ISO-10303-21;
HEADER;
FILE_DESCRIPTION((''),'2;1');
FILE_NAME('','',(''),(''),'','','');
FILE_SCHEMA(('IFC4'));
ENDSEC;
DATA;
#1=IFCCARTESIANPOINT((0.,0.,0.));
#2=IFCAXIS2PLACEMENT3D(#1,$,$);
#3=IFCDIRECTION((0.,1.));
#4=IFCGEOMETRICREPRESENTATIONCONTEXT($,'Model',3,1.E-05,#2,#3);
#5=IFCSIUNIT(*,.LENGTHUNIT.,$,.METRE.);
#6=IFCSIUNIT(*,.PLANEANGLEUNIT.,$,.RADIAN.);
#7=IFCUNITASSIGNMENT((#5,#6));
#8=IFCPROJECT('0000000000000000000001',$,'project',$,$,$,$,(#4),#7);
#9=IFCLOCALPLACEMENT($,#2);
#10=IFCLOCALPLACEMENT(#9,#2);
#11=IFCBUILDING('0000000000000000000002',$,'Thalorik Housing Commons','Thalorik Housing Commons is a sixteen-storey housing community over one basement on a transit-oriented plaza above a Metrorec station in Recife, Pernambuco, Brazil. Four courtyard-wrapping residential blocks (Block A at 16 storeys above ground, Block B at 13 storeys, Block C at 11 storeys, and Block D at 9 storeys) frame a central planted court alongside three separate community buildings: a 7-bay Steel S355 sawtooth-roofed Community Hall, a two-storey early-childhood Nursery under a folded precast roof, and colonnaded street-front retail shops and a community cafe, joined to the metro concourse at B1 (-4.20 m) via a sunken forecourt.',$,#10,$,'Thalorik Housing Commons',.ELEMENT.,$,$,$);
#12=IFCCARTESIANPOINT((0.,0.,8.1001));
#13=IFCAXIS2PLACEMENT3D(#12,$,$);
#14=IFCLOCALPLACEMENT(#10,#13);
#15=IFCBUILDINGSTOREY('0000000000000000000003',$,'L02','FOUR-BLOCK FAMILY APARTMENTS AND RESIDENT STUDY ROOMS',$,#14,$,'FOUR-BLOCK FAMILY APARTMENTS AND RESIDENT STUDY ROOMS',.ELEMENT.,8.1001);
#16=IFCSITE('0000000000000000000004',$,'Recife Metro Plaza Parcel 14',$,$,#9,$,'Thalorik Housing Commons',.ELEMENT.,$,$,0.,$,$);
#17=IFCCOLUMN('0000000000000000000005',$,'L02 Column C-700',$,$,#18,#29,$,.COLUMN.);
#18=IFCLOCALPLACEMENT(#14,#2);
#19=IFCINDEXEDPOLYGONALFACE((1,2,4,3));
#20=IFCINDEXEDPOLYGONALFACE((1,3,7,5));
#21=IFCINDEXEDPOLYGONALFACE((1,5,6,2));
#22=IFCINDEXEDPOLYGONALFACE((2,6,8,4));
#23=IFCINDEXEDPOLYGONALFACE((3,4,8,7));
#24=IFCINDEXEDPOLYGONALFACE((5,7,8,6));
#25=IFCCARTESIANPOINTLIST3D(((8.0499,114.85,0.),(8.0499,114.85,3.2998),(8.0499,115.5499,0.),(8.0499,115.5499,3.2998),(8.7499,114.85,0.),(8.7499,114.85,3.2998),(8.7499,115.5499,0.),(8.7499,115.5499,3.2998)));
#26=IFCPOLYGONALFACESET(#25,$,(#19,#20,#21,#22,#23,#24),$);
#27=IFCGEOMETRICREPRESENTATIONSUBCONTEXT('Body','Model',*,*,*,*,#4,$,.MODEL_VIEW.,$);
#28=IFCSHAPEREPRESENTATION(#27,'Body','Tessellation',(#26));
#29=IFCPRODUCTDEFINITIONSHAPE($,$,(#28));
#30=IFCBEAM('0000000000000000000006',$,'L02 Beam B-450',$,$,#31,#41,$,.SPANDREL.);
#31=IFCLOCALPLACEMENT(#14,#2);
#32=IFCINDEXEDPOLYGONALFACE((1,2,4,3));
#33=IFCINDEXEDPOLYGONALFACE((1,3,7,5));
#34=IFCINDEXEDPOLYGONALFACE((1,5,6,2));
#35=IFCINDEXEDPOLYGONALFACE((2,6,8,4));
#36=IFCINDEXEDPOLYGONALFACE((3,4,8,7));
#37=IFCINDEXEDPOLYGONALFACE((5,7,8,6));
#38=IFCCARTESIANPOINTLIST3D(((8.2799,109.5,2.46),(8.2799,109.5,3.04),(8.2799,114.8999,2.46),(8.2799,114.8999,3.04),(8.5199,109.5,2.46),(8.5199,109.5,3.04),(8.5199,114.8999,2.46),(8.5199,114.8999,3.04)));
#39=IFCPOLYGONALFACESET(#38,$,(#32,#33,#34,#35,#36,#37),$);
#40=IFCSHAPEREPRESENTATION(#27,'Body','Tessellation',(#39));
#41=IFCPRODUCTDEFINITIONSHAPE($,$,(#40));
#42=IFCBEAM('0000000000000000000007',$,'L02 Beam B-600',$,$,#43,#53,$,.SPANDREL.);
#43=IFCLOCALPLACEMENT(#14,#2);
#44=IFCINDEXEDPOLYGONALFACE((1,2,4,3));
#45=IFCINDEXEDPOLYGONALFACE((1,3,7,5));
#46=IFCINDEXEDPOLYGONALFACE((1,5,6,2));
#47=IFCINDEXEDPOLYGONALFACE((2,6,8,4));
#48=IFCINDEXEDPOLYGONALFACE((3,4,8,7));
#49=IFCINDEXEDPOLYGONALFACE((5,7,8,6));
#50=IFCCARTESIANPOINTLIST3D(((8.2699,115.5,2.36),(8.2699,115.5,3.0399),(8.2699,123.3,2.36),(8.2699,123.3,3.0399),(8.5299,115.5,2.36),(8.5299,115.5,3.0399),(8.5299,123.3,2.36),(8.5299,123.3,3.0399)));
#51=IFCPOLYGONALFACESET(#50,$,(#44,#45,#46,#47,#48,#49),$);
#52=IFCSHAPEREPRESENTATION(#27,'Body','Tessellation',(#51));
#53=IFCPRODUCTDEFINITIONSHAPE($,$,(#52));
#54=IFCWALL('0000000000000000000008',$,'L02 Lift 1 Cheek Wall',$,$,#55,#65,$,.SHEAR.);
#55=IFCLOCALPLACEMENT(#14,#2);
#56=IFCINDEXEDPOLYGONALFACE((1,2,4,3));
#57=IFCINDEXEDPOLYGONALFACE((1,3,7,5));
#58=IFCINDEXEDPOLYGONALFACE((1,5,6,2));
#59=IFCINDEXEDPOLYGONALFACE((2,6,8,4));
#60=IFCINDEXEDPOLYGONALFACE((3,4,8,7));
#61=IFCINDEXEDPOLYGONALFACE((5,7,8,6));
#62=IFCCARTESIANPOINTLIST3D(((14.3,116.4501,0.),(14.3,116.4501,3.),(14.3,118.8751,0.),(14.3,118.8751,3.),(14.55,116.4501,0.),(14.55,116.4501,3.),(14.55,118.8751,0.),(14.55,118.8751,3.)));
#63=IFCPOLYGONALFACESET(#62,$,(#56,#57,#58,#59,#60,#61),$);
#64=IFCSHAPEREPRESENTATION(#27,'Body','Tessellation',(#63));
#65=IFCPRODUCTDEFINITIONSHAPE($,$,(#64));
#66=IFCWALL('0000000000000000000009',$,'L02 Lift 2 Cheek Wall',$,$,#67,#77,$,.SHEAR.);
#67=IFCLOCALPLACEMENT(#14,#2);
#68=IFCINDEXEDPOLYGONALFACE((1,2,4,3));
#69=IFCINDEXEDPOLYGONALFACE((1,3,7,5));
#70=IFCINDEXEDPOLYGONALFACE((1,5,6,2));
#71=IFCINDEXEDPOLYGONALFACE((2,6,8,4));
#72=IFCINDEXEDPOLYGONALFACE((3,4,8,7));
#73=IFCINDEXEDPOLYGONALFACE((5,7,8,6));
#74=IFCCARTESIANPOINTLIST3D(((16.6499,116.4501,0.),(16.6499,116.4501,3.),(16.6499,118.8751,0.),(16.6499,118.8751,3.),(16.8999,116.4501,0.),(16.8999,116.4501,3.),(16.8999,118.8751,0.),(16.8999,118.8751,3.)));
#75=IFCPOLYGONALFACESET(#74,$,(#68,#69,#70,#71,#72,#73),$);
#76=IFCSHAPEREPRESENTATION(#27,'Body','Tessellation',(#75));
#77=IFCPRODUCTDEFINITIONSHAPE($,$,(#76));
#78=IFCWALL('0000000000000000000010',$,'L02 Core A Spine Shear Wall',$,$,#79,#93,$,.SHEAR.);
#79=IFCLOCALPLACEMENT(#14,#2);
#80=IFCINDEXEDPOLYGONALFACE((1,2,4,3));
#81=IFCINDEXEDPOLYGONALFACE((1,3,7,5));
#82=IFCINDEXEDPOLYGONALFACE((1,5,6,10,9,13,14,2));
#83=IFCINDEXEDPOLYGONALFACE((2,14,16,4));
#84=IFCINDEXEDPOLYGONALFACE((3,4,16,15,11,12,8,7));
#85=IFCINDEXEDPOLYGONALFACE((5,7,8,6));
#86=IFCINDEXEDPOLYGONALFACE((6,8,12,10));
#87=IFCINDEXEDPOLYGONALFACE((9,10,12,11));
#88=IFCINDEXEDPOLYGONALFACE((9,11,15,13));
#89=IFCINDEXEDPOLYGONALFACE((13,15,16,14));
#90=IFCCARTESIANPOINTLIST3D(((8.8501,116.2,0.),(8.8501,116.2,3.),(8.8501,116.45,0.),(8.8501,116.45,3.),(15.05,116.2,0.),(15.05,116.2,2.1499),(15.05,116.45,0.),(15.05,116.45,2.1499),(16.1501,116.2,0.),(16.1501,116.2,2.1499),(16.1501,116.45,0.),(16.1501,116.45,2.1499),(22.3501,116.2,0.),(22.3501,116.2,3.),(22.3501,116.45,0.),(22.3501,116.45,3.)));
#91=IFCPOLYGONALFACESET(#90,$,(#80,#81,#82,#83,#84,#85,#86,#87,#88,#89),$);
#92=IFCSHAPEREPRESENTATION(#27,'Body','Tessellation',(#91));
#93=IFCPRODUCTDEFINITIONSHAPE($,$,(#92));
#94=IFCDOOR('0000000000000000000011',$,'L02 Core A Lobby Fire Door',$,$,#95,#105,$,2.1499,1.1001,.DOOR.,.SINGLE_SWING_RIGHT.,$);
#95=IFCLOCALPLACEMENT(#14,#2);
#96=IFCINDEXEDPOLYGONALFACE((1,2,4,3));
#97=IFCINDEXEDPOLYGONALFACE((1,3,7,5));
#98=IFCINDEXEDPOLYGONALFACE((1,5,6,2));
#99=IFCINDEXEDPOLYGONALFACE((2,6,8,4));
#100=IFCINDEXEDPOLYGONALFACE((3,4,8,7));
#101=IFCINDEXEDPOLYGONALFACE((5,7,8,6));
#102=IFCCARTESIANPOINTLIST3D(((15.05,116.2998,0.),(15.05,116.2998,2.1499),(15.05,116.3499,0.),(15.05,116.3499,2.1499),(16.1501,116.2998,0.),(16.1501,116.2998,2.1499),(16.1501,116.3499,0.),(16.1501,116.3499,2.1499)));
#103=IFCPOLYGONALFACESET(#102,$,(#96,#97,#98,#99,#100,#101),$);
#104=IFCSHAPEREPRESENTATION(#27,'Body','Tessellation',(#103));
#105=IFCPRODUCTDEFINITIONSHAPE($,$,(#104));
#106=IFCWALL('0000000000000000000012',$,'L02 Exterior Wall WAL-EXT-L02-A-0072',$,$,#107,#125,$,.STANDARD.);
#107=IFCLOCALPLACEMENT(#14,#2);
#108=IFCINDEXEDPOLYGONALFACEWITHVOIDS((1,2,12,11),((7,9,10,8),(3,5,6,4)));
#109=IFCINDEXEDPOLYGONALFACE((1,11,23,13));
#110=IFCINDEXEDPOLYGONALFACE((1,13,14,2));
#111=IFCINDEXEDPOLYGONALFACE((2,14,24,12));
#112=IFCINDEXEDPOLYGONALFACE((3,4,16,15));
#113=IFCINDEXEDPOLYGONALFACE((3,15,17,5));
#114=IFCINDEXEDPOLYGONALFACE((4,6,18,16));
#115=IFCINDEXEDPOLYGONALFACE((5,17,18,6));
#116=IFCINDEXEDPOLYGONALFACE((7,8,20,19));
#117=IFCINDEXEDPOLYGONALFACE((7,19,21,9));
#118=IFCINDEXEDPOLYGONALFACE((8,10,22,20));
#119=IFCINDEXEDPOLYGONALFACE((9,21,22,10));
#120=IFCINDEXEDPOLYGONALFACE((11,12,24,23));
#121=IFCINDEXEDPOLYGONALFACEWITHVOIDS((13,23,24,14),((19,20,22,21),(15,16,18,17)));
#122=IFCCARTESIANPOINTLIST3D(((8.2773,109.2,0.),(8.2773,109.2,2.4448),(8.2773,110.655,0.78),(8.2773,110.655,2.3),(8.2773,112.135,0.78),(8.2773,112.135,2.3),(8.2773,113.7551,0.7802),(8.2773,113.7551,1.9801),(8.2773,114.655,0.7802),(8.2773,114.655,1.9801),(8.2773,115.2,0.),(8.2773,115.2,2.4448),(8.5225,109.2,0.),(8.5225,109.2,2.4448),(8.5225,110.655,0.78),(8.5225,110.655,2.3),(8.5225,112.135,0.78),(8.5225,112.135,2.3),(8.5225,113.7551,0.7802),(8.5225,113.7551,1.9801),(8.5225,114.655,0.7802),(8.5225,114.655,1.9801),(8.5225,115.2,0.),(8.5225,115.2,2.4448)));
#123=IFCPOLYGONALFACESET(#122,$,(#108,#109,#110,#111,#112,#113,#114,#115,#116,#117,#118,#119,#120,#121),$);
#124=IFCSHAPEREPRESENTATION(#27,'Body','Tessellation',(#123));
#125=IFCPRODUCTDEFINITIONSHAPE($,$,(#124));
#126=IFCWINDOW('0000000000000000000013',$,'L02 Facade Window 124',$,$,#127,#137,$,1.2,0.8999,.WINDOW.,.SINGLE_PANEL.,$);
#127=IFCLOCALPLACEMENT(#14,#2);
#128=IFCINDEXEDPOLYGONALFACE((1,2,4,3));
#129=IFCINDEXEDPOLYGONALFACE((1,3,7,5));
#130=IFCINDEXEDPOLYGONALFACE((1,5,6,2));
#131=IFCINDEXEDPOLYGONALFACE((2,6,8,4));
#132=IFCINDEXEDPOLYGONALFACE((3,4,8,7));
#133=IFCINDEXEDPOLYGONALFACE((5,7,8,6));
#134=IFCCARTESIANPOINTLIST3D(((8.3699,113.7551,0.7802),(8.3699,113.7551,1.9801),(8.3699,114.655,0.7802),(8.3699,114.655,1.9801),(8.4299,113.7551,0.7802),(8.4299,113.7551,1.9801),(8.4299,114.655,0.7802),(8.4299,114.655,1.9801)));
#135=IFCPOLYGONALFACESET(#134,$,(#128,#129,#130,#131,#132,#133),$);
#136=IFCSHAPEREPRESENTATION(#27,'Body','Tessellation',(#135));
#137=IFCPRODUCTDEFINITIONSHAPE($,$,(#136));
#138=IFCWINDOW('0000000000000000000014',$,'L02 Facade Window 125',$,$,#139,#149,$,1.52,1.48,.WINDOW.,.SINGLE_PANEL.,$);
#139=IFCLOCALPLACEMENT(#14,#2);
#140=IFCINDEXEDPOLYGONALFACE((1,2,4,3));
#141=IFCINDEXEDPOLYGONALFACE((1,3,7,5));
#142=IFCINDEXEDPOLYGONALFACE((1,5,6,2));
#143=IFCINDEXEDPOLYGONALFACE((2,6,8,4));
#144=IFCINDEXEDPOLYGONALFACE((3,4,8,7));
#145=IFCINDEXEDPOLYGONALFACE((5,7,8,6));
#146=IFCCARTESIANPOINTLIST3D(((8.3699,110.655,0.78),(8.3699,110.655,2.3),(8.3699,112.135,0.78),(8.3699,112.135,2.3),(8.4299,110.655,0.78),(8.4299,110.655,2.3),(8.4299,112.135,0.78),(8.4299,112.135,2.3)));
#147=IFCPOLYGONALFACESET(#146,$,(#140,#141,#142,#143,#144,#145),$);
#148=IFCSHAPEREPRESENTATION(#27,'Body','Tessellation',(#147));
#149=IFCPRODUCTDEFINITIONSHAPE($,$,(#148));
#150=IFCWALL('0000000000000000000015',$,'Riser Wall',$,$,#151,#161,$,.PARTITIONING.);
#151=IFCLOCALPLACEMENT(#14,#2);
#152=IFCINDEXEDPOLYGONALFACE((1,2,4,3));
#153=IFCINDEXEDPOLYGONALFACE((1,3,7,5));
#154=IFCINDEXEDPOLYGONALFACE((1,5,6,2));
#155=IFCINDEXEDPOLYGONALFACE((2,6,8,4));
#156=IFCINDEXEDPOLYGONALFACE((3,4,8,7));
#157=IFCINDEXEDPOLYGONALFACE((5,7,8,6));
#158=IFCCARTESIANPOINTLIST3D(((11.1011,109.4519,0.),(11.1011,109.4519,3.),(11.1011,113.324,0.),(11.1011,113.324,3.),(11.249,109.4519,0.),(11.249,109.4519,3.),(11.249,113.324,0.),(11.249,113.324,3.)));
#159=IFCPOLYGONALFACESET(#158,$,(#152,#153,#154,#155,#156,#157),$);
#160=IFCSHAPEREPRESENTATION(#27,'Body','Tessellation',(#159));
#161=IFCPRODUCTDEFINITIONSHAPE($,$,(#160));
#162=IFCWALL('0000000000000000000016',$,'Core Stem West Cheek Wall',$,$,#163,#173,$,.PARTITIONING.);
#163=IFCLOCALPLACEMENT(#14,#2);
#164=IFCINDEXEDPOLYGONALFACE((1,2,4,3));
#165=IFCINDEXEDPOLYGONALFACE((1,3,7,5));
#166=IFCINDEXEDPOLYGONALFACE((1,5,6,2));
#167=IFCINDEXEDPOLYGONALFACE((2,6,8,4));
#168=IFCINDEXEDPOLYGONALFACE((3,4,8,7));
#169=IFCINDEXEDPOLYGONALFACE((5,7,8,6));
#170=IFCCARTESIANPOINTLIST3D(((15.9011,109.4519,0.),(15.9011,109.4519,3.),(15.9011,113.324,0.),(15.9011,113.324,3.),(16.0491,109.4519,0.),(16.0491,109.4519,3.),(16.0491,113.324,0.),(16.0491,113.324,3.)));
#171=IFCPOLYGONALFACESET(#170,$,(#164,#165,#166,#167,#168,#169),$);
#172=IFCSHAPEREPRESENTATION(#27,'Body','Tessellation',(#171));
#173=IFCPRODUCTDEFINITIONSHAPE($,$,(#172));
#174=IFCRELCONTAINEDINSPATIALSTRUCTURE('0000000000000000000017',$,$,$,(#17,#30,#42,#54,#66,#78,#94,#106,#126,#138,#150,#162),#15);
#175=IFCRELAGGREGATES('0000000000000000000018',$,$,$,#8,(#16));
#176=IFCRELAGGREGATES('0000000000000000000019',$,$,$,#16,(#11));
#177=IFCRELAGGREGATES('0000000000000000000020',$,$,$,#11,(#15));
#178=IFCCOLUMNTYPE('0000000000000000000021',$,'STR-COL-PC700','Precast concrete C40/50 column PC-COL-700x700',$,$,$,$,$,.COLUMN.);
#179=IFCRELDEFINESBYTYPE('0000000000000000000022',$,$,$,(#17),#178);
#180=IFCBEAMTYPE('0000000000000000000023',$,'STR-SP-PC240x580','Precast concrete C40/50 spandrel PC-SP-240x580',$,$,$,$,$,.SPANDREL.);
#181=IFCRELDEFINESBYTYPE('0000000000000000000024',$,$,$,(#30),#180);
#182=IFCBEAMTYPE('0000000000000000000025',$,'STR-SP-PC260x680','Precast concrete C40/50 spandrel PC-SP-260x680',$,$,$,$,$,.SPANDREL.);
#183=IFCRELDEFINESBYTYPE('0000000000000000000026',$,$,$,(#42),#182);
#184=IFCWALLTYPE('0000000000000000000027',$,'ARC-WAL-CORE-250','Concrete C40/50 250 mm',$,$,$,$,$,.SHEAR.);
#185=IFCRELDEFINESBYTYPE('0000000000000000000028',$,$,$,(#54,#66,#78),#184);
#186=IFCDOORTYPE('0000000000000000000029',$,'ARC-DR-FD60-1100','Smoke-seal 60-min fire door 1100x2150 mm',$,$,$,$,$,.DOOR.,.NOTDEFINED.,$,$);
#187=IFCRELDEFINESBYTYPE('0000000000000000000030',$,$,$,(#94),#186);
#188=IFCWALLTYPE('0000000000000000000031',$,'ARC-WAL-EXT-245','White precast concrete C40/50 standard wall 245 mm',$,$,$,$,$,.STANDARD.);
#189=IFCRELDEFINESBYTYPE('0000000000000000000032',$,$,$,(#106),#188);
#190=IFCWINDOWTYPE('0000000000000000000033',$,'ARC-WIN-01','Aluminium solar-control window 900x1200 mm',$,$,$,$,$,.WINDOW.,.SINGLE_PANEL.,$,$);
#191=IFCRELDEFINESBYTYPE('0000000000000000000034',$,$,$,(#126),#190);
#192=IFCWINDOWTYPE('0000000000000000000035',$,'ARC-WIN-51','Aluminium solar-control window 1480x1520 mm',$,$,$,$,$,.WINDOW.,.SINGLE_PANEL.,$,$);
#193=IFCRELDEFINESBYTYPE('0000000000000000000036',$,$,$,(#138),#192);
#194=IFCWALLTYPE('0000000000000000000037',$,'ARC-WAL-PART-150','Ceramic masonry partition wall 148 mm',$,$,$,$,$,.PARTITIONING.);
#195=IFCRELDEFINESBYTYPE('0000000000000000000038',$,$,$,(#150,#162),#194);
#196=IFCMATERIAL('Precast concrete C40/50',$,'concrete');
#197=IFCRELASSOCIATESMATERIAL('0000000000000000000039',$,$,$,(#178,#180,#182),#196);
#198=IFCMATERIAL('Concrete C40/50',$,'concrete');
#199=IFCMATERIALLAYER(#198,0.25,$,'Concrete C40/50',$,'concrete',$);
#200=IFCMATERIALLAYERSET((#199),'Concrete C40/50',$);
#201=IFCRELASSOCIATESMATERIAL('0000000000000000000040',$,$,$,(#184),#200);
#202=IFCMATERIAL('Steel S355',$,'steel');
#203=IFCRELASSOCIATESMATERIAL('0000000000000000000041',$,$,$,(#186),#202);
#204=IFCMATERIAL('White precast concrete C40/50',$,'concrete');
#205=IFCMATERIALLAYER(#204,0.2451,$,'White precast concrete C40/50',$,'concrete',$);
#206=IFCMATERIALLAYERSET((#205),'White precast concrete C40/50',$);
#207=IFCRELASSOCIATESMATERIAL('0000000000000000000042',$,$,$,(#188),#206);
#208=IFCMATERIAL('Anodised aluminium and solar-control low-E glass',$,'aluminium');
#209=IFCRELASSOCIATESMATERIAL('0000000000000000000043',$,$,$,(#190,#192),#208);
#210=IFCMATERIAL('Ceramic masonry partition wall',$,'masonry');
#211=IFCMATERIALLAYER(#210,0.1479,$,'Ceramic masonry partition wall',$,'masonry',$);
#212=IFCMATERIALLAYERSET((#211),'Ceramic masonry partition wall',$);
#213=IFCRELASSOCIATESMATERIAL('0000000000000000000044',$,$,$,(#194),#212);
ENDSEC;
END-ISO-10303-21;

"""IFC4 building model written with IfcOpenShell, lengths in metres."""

from ifc_helpers import new_model, si_unit, direction, frame, frame_2d, origin, origin_2d, place, context, subcontext, project, spatial, rectangle, extrude, material, layer, layer_set, material_profile, profile_set, type_object, element, fill, save


model = new_model("IFC4")

# Units and contexts
model_context = context("Model", 3, precision=1e-05, world=origin(), true_north=direction((0.0, 1.0)))
body_context = subcontext(model_context, "Body", "Model", "MODEL_VIEW")
ifc_project = project(units=[si_unit("LENGTHUNIT", "METRE"), si_unit("PLANEANGLEUNIT", "RADIAN")], contexts=[model_context])

# Site, building, storey
site_placement = place(None, origin())
site = spatial("IfcSite", under=ifc_project, at=site_placement, Name="Recife Metro Plaza Parcel 14", LongName="Thalorik Housing Commons", CompositionType="ELEMENT", RefElevation=0.0)
building_placement = place(site_placement, origin())
building = spatial("IfcBuilding", under=site, at=building_placement, Name="Thalorik Housing Commons", Description="Thalorik Housing Commons is a sixteen-storey housing community over one basement on a transit-oriented plaza above a Metrorec station in Recife, Pernambuco, Brazil. Four courtyard-wrapping residential blocks (Block A at 16 storeys above ground, Block B at 13 storeys, Block C at 11 storeys, and Block D at 9 storeys) frame a central planted court alongside three separate community buildings: a 7-bay Steel S355 sawtooth-roofed Community Hall, a two-storey early-childhood Nursery under a folded precast roof, and colonnaded street-front retail shops and a community cafe, joined to the metro concourse at B1 (-4.20 m) via a sunken forecourt.", LongName="Thalorik Housing Commons", CompositionType="ELEMENT")
storey_placement = place(building_placement, frame((0.0, 0.0, 8.1001)))
storey = spatial("IfcBuildingStorey", under=building, at=storey_placement, Name="L02", Description="FOUR-BLOCK FAMILY APARTMENTS AND RESIDENT STUDY ROOMS", LongName="FOUR-BLOCK FAMILY APARTMENTS AND RESIDENT STUDY ROOMS", CompositionType="ELEMENT", Elevation=8.1001)

# Column
ifc_material_1 = material(Name="Precast concrete C40/50", Category="concrete")
ifc_material_profile_1 = material_profile(ifc_material_1, rectangle(XDim=0.7, YDim=0.7, at=origin_2d()), Name="PC 700x700", Category="concrete")
ifc_profile_set_1 = profile_set([ifc_material_profile_1], Name="Precast concrete C40/50")
column_type = type_object("IfcColumnType", Name="STR-COL-PC700", Description="Precast concrete C40/50 column PC-COL-700x700", PredefinedType="COLUMN", material=ifc_profile_set_1)
column_placement = place(storey_placement, frame((8.3999, 115.2, 0.0), z_axis=(0.0, 0.0, 1.0), x_axis=(1.0, 0.0, 0.0)))
element("IfcColumn", 1, at=column_placement, inside=storey, type_object=column_type, Name="L02 Column C-700", PredefinedType="COLUMN", context=body_context, shape_type="SweptSolid", body=[
    extrude(rectangle(XDim=0.7, YDim=0.7, at=origin_2d()), origin(), (0.0, 0.0, 1.0), 3.2998),
])

# Beams
ifc_material_profile_2 = material_profile(ifc_material_1, rectangle(XDim=0.24, YDim=0.5801, at=origin_2d()), Name="PC SP 240x580", Category="concrete")
ifc_profile_set_2 = profile_set([ifc_material_profile_2], Name="Precast concrete C40/50")
beam_type_1 = type_object("IfcBeamType", Name="STR-SP-PC240x580", Description="Precast concrete C40/50 spandrel PC-SP-240x580", PredefinedType="SPANDREL", material=ifc_profile_set_2)
beam_1_placement = place(storey_placement, frame((8.3999, 109.5, 2.75), z_axis=(0.0, 1.0, 0.0), x_axis=(-1.0, 0.0, 0.0)))
element("IfcBeam", 2, at=beam_1_placement, inside=storey, type_object=beam_type_1, Name="L02 Beam B-450", PredefinedType="SPANDREL", context=body_context, shape_type="SweptSolid", body=[
    extrude(rectangle(XDim=0.24, YDim=0.5801, at=origin_2d()), origin(), (0.0, 0.0, 1.0), 5.3999),
])
ifc_material_profile_3 = material_profile(ifc_material_1, rectangle(XDim=0.26, YDim=0.6799, at=origin_2d()), Name="PC SP 260x680", Category="concrete")
ifc_profile_set_3 = profile_set([ifc_material_profile_3], Name="Precast concrete C40/50")
beam_type_2 = type_object("IfcBeamType", Name="STR-SP-PC260x680", Description="Precast concrete C40/50 spandrel PC-SP-260x680", PredefinedType="SPANDREL", material=ifc_profile_set_3)
beam_2_placement = place(storey_placement, frame((8.3999, 115.5, 2.7), z_axis=(0.0, 1.0, 0.0), x_axis=(-1.0, 0.0, 0.0)))
element("IfcBeam", 3, at=beam_2_placement, inside=storey, type_object=beam_type_2, Name="L02 Beam B-600", PredefinedType="SPANDREL", context=body_context, shape_type="SweptSolid", body=[
    extrude(rectangle(XDim=0.26, YDim=0.6799, at=origin_2d()), origin(), (0.0, 0.0, 1.0), 7.8),
])

# Shared definitions
ifc_material_2 = material(Name="Concrete C40/50", Category="concrete")
ifc_layer_1 = layer(ifc_material_2, 0.25, Name="Concrete C40/50", Category="concrete")
ifc_layer_set_1 = layer_set([ifc_layer_1], Name="Concrete C40/50")
wall_type_1 = type_object("IfcWallType", Name="ARC-WAL-CORE-250", Description="Concrete C40/50 250 mm", PredefinedType="SHEAR", material=ifc_layer_set_1)
ifc_material_3 = material(Name="Steel S355", Category="steel")

# Walls
for number, where, z_axis, x_axis, name in (
    (4, (14.425, 118.875, 0.0), (0.0, 0.0, 1.0), (0.0, -1.0, 0.0), "L02 Lift 1 Cheek Wall"),
    (5, (16.7749, 118.875, 0.0), (0.0, 0.0, 1.0), (0.0, -1.0, 0.0), "L02 Lift 2 Cheek Wall"),
):
    element("IfcWall", number, at=place(storey_placement, frame(where, z_axis=z_axis, x_axis=x_axis)), inside=storey, type_object=wall_type_1, Name=name, PredefinedType="SHEAR", context=body_context, shape_type="SweptSolid", body=[
        extrude(rectangle(XDim=2.425, YDim=0.25, at=frame_2d((1.2124, 0.0))), origin(), (0.0, 0.0, 1.0), 3.0),
    ])

# Wall, opening, door
wall_1_placement = place(storey_placement, frame((8.8501, 116.325, 0.0), z_axis=(0.0, 0.0, 1.0), x_axis=(1.0, 0.0, 0.0)))
wall_1 = element("IfcWall", 6, at=wall_1_placement, inside=storey, type_object=wall_type_1, Name="L02 Core A Spine Shear Wall", PredefinedType="SHEAR", context=body_context, shape_type="SweptSolid", body=[
    extrude(rectangle(XDim=13.5, YDim=0.25, at=frame_2d((6.75, 0.0))), origin(), (0.0, 0.0, 1.0), 3.0),
])
opening_1_placement = place(wall_1_placement, frame((6.2, 0.0, 0.0)))
opening_1 = element("IfcOpeningElement", 7, at=opening_1_placement, cuts=wall_1, PredefinedType="OPENING", context=body_context, shape_type="SweptSolid", body=[
    extrude(rectangle(XDim=1.1001, YDim=2.1499, at=frame_2d((0.55, 1.075))), frame((0.0, 0.135, 0.0), z_axis=(0.0, -1.0, 0.0), x_axis=(1.0, 0.0, 0.0)), (0.0, 0.0, 1.0), 0.27),
])
door_type_1 = type_object("IfcDoorType", Name="ARC-DR-FD60-1100", Description="Smoke-seal 60-min fire door 1100x2150 mm", OperationType="NOTDEFINED", PredefinedType="DOOR", material=ifc_material_3)
door_1_placement = place(opening_1_placement, origin())
door_1 = element("IfcDoor", 8, at=door_1_placement, inside=storey, type_object=door_type_1, Name="L02 Core A Lobby Fire Door", OperationType="SINGLE_SWING_RIGHT", OverallHeight=2.1499, OverallWidth=1.1001, PredefinedType="DOOR", context=body_context, shape_type="SweptSolid", body=[
    extrude(rectangle(XDim=1.1001, YDim=2.1499, at=frame_2d((0.55, 1.075))), frame((0.0, 0.0249, 0.0), z_axis=(0.0, -1.0, 0.0), x_axis=(1.0, 0.0, 0.0)), (0.0, 0.0, 1.0), 0.05),
])
fill(opening_1, door_1)

# Wall, openings, windows
ifc_material_4 = material(Name="White precast concrete C40/50", Category="concrete")
ifc_layer_2 = layer(ifc_material_4, 0.2451, Name="White precast concrete C40/50", Category="concrete")
ifc_layer_set_2 = layer_set([ifc_layer_2], Name="White precast concrete C40/50")
wall_type_2 = type_object("IfcWallType", Name="ARC-WAL-EXT-245", Description="White precast concrete C40/50 standard wall 245 mm", PredefinedType="STANDARD", material=ifc_layer_set_2)
wall_2_placement = place(storey_placement, frame((8.3999, 115.2, 0.0), z_axis=(0.0, 0.0, 1.0), x_axis=(0.0, -1.0, 0.0)))
wall_2 = element("IfcWall", 9, at=wall_2_placement, inside=storey, type_object=wall_type_2, Name="L02 Exterior Wall WAL-EXT-L02-A-0072", PredefinedType="STANDARD", context=body_context, shape_type="SweptSolid", body=[
    extrude(rectangle(XDim=6.0, YDim=0.2451, at=frame_2d((3.0, 0.0))), origin(), (0.0, 0.0, 1.0), 2.4448),
])
opening_2_placement = place(wall_2_placement, frame((0.5449, 0.0, 0.78)))
opening_2 = element("IfcOpeningElement", 10, at=opening_2_placement, cuts=wall_2, PredefinedType="OPENING", context=body_context, shape_type="SweptSolid", body=[
    extrude(rectangle(XDim=0.8999, YDim=1.2, at=frame_2d((0.45, 0.6001))), frame((0.0, 0.1326, 0.0), z_axis=(0.0, -1.0, 0.0), x_axis=(1.0, 0.0, 0.0)), (0.0, 0.0, 1.0), 0.2651),
])
opening_3_placement = place(wall_2_placement, frame((3.0649, 0.0, 0.78)))
opening_3 = element("IfcOpeningElement", 11, at=opening_3_placement, cuts=wall_2, PredefinedType="OPENING", context=body_context, shape_type="SweptSolid", body=[
    extrude(rectangle(XDim=1.48, YDim=1.52, at=frame_2d((0.74, 0.76))), frame((0.0, 0.1326, 0.0), z_axis=(0.0, -1.0, 0.0), x_axis=(1.0, 0.0, 0.0)), (0.0, 0.0, 1.0), 0.2651),
])
ifc_material_5 = material(Name="Anodised aluminium and solar-control low-E glass", Category="aluminium")
window_type_1 = type_object("IfcWindowType", Name="ARC-WIN-01", Description="Aluminium solar-control window 900x1200 mm", PartitioningType="SINGLE_PANEL", PredefinedType="WINDOW", material=ifc_material_5)
window_1_placement = place(opening_2_placement, origin())
window_1 = element("IfcWindow", 12, at=window_1_placement, inside=storey, type_object=window_type_1, Name="L02 Facade Window 124", OverallHeight=1.2, OverallWidth=0.8999, PartitioningType="SINGLE_PANEL", PredefinedType="WINDOW", context=body_context, shape_type="SweptSolid", body=[
    extrude(rectangle(XDim=0.8999, YDim=1.2, at=frame_2d((0.45, 0.6001))), frame((0.0, 0.03, 0.0), z_axis=(0.0, -1.0, 0.0), x_axis=(1.0, 0.0, 0.0)), (0.0, 0.0, 1.0), 0.0601),
])
fill(opening_2, window_1)
window_type_2 = type_object("IfcWindowType", Name="ARC-WIN-51", Description="Aluminium solar-control window 1480x1520 mm", PartitioningType="SINGLE_PANEL", PredefinedType="WINDOW", material=ifc_material_5)
window_2_placement = place(opening_3_placement, origin())
window_2 = element("IfcWindow", 13, at=window_2_placement, inside=storey, type_object=window_type_2, Name="L02 Facade Window 125", OverallHeight=1.52, OverallWidth=1.48, PartitioningType="SINGLE_PANEL", PredefinedType="WINDOW", context=body_context, shape_type="SweptSolid", body=[
    extrude(rectangle(XDim=1.48, YDim=1.52, at=frame_2d((0.74, 0.76))), frame((0.0, 0.03, 0.0), z_axis=(0.0, -1.0, 0.0), x_axis=(1.0, 0.0, 0.0)), (0.0, 0.0, 1.0), 0.0601),
])
fill(opening_3, window_2)

# Walls
ifc_material_6 = material(Name="Ceramic masonry partition wall", Category="masonry")
ifc_layer_3 = layer(ifc_material_6, 0.1479, Name="Ceramic masonry partition wall", Category="masonry")
ifc_layer_set_3 = layer_set([ifc_layer_3], Name="Ceramic masonry partition wall")
wall_type_3 = type_object("IfcWallType", Name="ARC-WAL-PART-150", Description="Ceramic masonry partition wall 148 mm", PredefinedType="PARTITIONING", material=ifc_layer_set_3)
for number, where, z_axis, x_axis, name in (
    (14, (11.175, 113.324, 0.0), (0.0, 0.0, 1.0), (0.0, -1.0, 0.0), "Riser Wall"),
    (15, (15.9751, 113.324, 0.0), (0.0, 0.0, 1.0), (0.0, -1.0, 0.0), "Core Stem West Cheek Wall"),
):
    element("IfcWall", number, at=place(storey_placement, frame(where, z_axis=z_axis, x_axis=x_axis)), inside=storey, type_object=wall_type_3, Name=name, PredefinedType="PARTITIONING", context=body_context, shape_type="SweptSolid", body=[
        extrude(rectangle(XDim=3.8721, YDim=0.1479, at=frame_2d((1.936, 0.0))), origin(), (0.0, 0.0, 1.0), 3.0),
    ])

save(model, "model.ifc")
